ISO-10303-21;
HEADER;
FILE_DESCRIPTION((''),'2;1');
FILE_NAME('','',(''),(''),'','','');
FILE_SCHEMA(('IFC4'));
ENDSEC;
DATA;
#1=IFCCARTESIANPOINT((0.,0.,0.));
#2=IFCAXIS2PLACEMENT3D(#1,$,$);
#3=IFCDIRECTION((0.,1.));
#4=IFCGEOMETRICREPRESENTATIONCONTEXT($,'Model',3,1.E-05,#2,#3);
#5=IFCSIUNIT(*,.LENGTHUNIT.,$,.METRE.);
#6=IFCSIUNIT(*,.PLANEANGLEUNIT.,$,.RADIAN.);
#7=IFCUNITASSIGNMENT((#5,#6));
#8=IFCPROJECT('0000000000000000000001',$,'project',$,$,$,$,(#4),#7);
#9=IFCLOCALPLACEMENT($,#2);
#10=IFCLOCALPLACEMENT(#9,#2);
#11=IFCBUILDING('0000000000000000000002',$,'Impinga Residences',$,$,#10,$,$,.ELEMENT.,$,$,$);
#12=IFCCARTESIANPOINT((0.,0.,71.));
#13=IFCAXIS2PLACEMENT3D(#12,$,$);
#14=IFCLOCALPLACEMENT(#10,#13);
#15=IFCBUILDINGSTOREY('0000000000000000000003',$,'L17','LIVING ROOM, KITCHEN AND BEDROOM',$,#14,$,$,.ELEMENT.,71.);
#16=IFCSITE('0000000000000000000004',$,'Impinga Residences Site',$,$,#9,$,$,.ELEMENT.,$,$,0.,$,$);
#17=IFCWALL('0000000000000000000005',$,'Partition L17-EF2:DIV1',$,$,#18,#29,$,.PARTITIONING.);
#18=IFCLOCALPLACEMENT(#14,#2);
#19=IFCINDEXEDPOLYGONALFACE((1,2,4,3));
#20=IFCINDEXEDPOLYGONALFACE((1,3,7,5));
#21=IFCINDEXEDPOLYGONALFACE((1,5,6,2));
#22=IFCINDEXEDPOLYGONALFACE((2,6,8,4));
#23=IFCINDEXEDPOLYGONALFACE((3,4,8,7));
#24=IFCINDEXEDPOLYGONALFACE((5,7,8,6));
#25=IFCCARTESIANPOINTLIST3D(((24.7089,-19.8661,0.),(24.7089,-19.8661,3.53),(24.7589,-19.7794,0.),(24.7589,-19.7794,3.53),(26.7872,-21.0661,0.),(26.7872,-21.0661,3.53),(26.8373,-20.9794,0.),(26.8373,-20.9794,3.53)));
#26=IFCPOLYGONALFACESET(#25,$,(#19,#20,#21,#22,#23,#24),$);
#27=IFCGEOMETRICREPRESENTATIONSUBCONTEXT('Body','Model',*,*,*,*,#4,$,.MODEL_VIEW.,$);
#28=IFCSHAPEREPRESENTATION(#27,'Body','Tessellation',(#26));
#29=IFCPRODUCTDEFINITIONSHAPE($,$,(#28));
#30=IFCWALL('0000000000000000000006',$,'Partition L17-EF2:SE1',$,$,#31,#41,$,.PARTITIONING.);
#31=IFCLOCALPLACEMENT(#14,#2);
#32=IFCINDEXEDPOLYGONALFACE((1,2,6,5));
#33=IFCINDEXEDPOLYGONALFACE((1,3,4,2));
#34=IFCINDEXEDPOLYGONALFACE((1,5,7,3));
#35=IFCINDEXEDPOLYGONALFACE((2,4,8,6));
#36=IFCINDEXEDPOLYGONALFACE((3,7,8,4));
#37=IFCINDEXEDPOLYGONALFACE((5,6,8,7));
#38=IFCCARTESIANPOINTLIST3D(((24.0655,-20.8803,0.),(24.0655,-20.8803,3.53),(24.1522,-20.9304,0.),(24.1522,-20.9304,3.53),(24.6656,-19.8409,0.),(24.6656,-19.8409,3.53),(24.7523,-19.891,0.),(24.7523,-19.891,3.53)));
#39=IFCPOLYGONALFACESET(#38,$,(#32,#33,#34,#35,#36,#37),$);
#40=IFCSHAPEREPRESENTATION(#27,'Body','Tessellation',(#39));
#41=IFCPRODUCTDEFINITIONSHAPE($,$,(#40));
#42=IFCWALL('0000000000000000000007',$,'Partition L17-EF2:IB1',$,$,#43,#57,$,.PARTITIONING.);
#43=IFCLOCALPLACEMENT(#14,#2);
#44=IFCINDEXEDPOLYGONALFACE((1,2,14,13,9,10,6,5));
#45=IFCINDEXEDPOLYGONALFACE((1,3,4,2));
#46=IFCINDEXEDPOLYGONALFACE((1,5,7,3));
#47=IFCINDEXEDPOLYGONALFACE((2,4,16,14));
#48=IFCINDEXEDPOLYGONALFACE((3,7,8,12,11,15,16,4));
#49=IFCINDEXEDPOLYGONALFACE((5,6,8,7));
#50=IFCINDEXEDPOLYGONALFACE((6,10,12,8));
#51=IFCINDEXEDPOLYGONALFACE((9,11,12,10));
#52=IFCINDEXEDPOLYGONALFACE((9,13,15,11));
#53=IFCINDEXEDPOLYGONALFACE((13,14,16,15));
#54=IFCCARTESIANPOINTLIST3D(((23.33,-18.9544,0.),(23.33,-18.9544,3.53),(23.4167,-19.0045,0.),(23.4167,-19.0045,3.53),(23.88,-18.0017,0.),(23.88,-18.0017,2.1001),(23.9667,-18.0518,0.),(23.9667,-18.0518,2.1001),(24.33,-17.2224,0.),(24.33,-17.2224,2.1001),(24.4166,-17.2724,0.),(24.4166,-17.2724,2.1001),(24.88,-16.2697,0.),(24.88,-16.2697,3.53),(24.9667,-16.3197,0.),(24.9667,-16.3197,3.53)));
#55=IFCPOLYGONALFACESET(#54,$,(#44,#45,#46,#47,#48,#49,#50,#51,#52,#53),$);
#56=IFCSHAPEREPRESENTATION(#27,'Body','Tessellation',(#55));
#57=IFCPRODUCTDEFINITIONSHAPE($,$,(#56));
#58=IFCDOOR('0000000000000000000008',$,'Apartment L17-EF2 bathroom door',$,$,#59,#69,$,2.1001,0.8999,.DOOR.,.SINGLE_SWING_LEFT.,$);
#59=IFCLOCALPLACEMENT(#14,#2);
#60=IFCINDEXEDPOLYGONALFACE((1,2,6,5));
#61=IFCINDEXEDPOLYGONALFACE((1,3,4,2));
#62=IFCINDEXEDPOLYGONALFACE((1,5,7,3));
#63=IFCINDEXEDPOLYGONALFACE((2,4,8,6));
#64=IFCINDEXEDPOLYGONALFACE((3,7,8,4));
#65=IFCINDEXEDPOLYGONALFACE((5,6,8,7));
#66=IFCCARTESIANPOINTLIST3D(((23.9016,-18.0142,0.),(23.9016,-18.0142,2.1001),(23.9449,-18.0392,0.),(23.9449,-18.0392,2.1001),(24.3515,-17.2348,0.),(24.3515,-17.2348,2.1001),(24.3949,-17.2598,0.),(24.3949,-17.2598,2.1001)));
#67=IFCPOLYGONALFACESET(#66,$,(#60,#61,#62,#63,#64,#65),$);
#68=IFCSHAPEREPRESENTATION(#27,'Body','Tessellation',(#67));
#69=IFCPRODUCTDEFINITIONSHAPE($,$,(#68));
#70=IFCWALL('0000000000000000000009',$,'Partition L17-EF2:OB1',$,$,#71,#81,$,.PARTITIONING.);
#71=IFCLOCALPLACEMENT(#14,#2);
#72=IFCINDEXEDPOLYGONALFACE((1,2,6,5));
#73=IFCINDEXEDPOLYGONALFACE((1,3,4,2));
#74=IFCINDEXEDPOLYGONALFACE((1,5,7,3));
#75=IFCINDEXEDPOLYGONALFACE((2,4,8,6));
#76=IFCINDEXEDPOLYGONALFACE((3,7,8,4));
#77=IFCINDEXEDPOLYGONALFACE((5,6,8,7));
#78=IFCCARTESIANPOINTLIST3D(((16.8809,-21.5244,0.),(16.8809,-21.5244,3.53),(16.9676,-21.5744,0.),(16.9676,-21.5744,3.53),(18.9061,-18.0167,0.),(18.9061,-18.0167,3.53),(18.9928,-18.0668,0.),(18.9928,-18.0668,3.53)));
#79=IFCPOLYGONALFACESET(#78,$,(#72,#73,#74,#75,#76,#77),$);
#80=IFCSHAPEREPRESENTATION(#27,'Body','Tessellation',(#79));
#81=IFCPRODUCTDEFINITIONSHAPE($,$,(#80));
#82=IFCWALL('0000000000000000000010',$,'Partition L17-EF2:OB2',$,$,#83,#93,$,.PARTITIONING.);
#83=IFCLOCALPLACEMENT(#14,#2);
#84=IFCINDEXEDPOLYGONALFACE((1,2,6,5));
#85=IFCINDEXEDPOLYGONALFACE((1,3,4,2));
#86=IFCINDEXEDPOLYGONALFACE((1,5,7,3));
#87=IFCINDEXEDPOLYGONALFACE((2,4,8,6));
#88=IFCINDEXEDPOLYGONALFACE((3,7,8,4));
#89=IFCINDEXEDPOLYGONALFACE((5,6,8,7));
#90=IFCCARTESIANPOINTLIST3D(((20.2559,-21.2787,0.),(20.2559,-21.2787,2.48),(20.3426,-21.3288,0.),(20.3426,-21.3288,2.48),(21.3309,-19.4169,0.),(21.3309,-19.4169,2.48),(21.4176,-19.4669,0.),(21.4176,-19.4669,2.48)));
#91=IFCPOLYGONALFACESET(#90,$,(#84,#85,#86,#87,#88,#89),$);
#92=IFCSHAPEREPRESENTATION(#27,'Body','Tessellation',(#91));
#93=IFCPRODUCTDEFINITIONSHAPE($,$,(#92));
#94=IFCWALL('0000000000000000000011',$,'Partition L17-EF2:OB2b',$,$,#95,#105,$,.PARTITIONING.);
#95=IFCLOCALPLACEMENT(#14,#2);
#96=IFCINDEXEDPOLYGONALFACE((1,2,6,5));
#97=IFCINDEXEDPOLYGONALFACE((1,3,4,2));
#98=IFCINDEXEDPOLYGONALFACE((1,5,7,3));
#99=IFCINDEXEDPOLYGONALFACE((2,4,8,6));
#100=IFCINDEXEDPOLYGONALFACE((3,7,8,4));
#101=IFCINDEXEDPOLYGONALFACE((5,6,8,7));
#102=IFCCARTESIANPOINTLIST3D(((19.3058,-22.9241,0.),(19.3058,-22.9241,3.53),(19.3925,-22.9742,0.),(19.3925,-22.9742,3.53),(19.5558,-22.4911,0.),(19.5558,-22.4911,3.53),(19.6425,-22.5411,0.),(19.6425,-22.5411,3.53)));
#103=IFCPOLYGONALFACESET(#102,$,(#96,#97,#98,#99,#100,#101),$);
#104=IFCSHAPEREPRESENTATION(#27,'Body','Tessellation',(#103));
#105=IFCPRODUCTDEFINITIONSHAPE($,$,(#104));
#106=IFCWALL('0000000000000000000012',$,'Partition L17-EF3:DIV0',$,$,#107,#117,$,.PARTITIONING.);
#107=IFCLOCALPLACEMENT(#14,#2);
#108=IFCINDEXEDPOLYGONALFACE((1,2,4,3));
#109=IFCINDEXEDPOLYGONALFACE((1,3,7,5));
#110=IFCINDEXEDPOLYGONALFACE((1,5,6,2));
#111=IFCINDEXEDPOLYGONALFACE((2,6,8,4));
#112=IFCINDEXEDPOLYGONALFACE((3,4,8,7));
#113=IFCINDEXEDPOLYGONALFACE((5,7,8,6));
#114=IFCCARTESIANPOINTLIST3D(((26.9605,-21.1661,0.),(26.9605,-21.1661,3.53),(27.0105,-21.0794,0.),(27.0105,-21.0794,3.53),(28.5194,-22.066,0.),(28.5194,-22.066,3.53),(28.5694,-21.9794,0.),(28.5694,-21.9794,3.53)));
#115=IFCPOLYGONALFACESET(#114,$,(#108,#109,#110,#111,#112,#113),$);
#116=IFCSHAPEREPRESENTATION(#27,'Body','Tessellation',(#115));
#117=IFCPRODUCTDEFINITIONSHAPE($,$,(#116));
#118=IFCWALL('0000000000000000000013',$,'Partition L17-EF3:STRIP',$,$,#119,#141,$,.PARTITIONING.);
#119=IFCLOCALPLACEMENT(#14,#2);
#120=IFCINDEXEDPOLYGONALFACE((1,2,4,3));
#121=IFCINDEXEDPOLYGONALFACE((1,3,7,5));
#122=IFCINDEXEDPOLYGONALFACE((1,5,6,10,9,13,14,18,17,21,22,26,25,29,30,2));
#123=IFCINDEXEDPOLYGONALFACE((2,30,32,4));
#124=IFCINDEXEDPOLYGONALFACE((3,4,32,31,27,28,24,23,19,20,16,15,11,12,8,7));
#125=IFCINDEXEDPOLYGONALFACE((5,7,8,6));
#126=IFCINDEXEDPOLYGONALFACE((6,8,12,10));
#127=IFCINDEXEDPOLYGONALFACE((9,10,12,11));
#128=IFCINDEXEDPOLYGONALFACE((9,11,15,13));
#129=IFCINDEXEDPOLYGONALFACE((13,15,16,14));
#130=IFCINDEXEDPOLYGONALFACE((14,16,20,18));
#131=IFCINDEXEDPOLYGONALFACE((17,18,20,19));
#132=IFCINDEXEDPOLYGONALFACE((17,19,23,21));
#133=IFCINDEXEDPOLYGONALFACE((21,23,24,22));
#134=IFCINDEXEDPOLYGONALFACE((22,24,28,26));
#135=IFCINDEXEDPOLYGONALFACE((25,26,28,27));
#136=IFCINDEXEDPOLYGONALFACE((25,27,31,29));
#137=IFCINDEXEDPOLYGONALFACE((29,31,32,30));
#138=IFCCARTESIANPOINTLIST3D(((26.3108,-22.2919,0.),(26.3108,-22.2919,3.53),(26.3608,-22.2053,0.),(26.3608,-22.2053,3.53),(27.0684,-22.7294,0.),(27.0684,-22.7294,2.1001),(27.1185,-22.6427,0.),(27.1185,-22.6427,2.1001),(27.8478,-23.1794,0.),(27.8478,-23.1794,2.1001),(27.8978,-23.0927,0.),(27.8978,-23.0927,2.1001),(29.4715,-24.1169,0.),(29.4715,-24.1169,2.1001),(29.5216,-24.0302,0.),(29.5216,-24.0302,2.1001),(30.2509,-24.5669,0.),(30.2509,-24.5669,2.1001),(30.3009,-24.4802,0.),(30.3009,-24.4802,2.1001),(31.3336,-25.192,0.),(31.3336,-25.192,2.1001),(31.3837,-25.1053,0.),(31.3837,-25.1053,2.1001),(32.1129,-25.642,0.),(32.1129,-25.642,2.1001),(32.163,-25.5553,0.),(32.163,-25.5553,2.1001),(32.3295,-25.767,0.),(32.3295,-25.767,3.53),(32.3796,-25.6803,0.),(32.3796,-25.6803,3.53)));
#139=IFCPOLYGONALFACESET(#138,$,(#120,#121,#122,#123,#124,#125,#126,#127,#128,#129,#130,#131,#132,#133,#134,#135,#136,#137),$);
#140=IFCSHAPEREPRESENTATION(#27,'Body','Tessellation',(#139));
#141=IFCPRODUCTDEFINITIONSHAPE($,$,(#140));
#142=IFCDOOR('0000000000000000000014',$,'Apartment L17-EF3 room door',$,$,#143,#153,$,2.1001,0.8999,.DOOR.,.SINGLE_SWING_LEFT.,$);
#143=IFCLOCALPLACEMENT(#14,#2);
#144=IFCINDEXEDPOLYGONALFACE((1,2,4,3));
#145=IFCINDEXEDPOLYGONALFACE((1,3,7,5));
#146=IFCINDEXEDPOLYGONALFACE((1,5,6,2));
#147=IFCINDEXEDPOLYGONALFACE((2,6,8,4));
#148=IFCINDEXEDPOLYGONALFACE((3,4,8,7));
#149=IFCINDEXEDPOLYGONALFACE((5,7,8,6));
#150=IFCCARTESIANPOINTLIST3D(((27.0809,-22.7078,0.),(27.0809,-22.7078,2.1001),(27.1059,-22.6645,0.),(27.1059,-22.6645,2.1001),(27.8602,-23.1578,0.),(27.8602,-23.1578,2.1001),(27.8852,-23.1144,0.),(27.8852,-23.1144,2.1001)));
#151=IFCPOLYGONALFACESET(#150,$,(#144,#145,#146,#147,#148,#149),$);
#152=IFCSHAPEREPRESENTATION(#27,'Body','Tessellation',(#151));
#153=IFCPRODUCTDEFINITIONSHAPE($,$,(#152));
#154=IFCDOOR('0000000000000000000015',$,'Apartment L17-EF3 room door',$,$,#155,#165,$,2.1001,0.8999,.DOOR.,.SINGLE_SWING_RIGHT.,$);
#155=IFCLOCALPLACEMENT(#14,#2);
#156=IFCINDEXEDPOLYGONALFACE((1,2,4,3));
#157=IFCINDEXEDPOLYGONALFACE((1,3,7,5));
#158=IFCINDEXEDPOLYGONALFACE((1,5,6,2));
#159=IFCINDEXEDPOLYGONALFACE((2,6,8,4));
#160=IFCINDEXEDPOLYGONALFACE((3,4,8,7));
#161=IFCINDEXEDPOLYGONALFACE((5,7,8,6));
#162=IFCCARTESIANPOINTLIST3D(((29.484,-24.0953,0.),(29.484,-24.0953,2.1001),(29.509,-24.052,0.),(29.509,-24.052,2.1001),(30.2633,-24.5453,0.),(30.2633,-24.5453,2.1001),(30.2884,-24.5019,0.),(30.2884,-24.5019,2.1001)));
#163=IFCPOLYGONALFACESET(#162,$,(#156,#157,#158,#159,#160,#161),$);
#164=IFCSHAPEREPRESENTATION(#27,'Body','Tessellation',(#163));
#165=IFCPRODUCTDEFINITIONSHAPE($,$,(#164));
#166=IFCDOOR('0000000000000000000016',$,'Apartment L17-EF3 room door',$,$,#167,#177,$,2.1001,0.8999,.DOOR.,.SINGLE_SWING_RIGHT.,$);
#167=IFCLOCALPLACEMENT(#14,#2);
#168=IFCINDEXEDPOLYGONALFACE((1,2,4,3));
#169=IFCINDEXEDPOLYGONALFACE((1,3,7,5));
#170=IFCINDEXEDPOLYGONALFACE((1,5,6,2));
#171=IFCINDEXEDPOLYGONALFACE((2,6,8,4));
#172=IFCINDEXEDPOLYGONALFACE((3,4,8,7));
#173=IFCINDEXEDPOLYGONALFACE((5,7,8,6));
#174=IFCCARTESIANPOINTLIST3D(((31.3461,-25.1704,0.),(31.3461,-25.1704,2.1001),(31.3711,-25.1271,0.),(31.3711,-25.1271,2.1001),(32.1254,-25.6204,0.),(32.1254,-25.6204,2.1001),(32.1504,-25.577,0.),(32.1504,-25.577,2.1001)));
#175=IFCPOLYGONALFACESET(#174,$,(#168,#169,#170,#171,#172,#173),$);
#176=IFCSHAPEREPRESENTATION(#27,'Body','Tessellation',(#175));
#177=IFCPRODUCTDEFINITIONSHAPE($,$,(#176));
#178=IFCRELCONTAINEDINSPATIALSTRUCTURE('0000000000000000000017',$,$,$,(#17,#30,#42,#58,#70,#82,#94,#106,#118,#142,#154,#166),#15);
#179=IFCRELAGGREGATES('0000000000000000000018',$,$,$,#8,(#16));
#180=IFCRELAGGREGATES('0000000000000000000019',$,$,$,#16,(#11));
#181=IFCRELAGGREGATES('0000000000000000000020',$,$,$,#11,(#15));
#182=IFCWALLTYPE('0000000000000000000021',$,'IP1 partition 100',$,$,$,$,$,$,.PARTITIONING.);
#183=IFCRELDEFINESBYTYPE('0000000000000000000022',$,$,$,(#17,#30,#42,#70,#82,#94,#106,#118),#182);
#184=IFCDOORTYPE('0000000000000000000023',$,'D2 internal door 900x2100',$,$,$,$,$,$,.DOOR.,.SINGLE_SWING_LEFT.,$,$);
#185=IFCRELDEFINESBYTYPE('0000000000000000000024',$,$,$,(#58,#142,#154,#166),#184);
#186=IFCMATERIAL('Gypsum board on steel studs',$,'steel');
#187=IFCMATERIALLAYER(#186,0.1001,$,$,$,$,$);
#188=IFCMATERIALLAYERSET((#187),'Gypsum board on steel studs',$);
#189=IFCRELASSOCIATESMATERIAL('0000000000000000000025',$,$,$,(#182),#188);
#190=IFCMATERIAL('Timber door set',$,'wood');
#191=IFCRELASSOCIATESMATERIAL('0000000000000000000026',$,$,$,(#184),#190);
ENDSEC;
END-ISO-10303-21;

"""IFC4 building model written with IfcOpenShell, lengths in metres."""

from ifc_helpers import new_model, si_unit, direction, frame, frame_2d, origin, place, context, subcontext, project, spatial, rectangle, extrude, material, layer, layer_set, type_object, element, fill, save


model = new_model("IFC4")

# Units and contexts
model_context = context("Model", 3, precision=1e-05, world=origin(), true_north=direction((0.0, 1.0)))
body_context = subcontext(model_context, "Body", "Model", "MODEL_VIEW")
ifc_project = project(units=[si_unit("LENGTHUNIT", "METRE"), si_unit("PLANEANGLEUNIT", "RADIAN")], contexts=[model_context])

# Site, building, storey
site_placement = place(None, origin())
site = spatial("IfcSite", under=ifc_project, at=site_placement, Name="Impinga Residences Site", CompositionType="ELEMENT", RefElevation=0.0)
building_placement = place(site_placement, origin())
building = spatial("IfcBuilding", under=site, at=building_placement, Name="Impinga Residences", CompositionType="ELEMENT")
storey_placement = place(building_placement, frame((0.0, 0.0, 71.0)))
storey = spatial("IfcBuildingStorey", under=building, at=storey_placement, Name="L17", Description="LIVING ROOM, KITCHEN AND BEDROOM", CompositionType="ELEMENT", Elevation=71.0)

# Shared definitions
ifc_material_1 = material(Name="Gypsum board on steel studs", Category="steel")
ifc_layer_1 = layer(ifc_material_1, 0.1001)
ifc_layer_set_1 = layer_set([ifc_layer_1], Name="Gypsum board on steel studs")
wall_type_1 = type_object("IfcWallType", Name="IP1 partition 100", PredefinedType="PARTITIONING", material=ifc_layer_set_1)

# Shared definitions
ifc_material_2 = material(Name="Timber door set", Category="wood")
door_type = type_object("IfcDoorType", Name="D2 internal door 900x2100", OperationType="SINGLE_SWING_LEFT", PredefinedType="DOOR", material=ifc_material_2)

# Walls
wall_1_placement = place(storey_placement, frame((24.7339, -19.8228, 0.0), z_axis=(0.0, 0.0, 1.0), x_axis=(0.866025, -0.500001, 0.0)))
element("IfcWall", 1, at=wall_1_placement, inside=storey, type_object=wall_type_1, Name="Partition L17-EF2:DIV1", PredefinedType="PARTITIONING", context=body_context, shape_type="SweptSolid", body=[
    extrude(rectangle(XDim=2.3999, YDim=0.1001, at=frame_2d((1.2, 0.0))), origin(), (0.0, 0.0, 1.0), 3.53),
])
wall_2_placement = place(storey_placement, frame((24.709, -19.866, 0.0), z_axis=(0.0, 0.0, 1.0), x_axis=(-0.500034, -0.866006, 0.0)))
element("IfcWall", 2, at=wall_2_placement, inside=storey, type_object=wall_type_1, Name="Partition L17-EF2:SE1", PredefinedType="PARTITIONING", context=body_context, shape_type="SweptSolid", body=[
    extrude(rectangle(XDim=1.2002, YDim=0.1001, at=frame_2d((0.6001, 0.0))), origin(), (0.0, 0.0, 1.0), 3.53),
])

# Wall, opening, door
wall_3_placement = place(storey_placement, frame((24.9233, -16.2947, 0.0), z_axis=(0.0, 0.0, 1.0), x_axis=(-0.499993, -0.86603, 0.0)))
wall_3 = element("IfcWall", 3, at=wall_3_placement, inside=storey, type_object=wall_type_1, Name="Partition L17-EF2:IB1", PredefinedType="PARTITIONING", context=body_context, shape_type="SweptSolid", body=[
    extrude(rectangle(XDim=3.1001, YDim=0.1001, at=frame_2d((1.55, 0.0))), origin(), (0.0, 0.0, 1.0), 3.53),
])
opening_1_placement = place(wall_3_placement, frame((1.1001, 0.0, 0.0)))
opening_1 = element("IfcOpeningElement", 4, at=opening_1_placement, cuts=wall_3, PredefinedType="OPENING", context=body_context, shape_type="SweptSolid", body=[
    extrude(rectangle(XDim=0.8999, YDim=2.1001, at=frame_2d((0.45, 1.05))), frame((0.0, 0.0601, 0.0), z_axis=(0.0, -1.0, 0.0), x_axis=(1.0, 0.0, 0.0)), (0.0, 0.0, 1.0), 0.1201),
])
door_1_placement = place(opening_1_placement, origin())
door_1 = element("IfcDoor", 5, at=door_1_placement, inside=storey, type_object=door_type, Name="Apartment L17-EF2 bathroom door", OperationType="SINGLE_SWING_LEFT", OverallHeight=2.1001, OverallWidth=0.8999, PredefinedType="DOOR", context=body_context, shape_type="SweptSolid", body=[
    extrude(rectangle(XDim=0.8999, YDim=2.1001, at=frame_2d((0.45, 1.05))), frame((0.0, 0.0249, 0.0), z_axis=(0.0, -1.0, 0.0), x_axis=(1.0, 0.0, 0.0)), (0.0, 0.0, 1.0), 0.05),
])
fill(opening_1, door_1)

# Walls
wall_4_placement = place(storey_placement, frame((18.9495, -18.0417, 0.0), z_axis=(0.0, 0.0, 1.0), x_axis=(-0.500009, -0.86602, 0.0)))
element("IfcWall", 6, at=wall_4_placement, inside=storey, type_object=wall_type_1, Name="Partition L17-EF2:OB1", PredefinedType="PARTITIONING", context=body_context, shape_type="SweptSolid", body=[
    extrude(rectangle(XDim=4.0503, YDim=0.1001, at=frame_2d((2.0251, 0.0))), origin(), (0.0, 0.0, 1.0), 3.53),
])
wall_5_placement = place(storey_placement, frame((21.3743, -19.4419, 0.0), z_axis=(0.0, 0.0, 1.0), x_axis=(-0.500011, -0.866019, 0.0)))
element("IfcWall", 7, at=wall_5_placement, inside=storey, type_object=wall_type_1, Name="Partition L17-EF2:OB2", PredefinedType="PARTITIONING", context=body_context, shape_type="SweptSolid", body=[
    extrude(rectangle(XDim=2.1499, YDim=0.1001, at=frame_2d((1.075, 0.0))), origin(), (0.0, 0.0, 1.0), 2.48),
])
wall_6_placement = place(storey_placement, frame((19.5991, -22.5161, 0.0), z_axis=(0.0, 0.0, 1.0), x_axis=(-0.49992, -0.866072, 0.0)))
element("IfcWall", 8, at=wall_6_placement, inside=storey, type_object=wall_type_1, Name="Partition L17-EF2:OB2b", PredefinedType="PARTITIONING", context=body_context, shape_type="SweptSolid", body=[
    extrude(rectangle(XDim=0.5, YDim=0.1001, at=frame_2d((0.25, 0.0))), origin(), (0.0, 0.0, 1.0), 3.53),
])
wall_7_placement = place(storey_placement, frame((26.9856, -21.1228, 0.0), z_axis=(0.0, 0.0, 1.0), x_axis=(0.866048, -0.499961, 0.0)))
element("IfcWall", 9, at=wall_7_placement, inside=storey, type_object=wall_type_1, Name="Partition L17-EF3:DIV0", PredefinedType="PARTITIONING", context=body_context, shape_type="SweptSolid", body=[
    extrude(rectangle(XDim=1.8, YDim=0.1001, at=frame_2d((0.8999, 0.0))), origin(), (0.0, 0.0, 1.0), 3.53),
])

# Wall, openings, doors
wall_8_placement = place(storey_placement, frame((26.3357, -22.2485, 0.0), z_axis=(0.0, 0.0, 1.0), x_axis=(0.866017, -0.500015, 0.0)))
wall_8 = element("IfcWall", 10, at=wall_8_placement, inside=storey, type_object=wall_type_1, Name="Partition L17-EF3:STRIP", PredefinedType="PARTITIONING", context=body_context, shape_type="SweptSolid", body=[
    extrude(rectangle(XDim=6.95, YDim=0.1001, at=frame_2d((3.4751, 0.0))), origin(), (0.0, 0.0, 1.0), 3.53),
])
opening_2_placement = place(wall_8_placement, frame((0.875, 0.0, 0.0)))
opening_2 = element("IfcOpeningElement", 11, at=opening_2_placement, cuts=wall_8, PredefinedType="OPENING", context=body_context, shape_type="SweptSolid", body=[
    extrude(rectangle(XDim=0.8999, YDim=2.1001, at=frame_2d((0.45, 1.05))), frame((0.0, 0.0601, 0.0), z_axis=(0.0, -1.0, 0.0), x_axis=(1.0, 0.0, 0.0)), (0.0, 0.0, 1.0), 0.1201),
])
opening_3_placement = place(wall_8_placement, frame((3.6499, 0.0, 0.0)))
opening_3 = element("IfcOpeningElement", 12, at=opening_3_placement, cuts=wall_8, PredefinedType="OPENING", context=body_context, shape_type="SweptSolid", body=[
    extrude(rectangle(XDim=0.8999, YDim=2.1001, at=frame_2d((0.45, 1.05))), frame((0.0, 0.0601, 0.0), z_axis=(0.0, -1.0, 0.0), x_axis=(1.0, 0.0, 0.0)), (0.0, 0.0, 1.0), 0.1201),
])
opening_4_placement = place(wall_8_placement, frame((5.8, 0.0, 0.0)))
opening_4 = element("IfcOpeningElement", 13, at=opening_4_placement, cuts=wall_8, PredefinedType="OPENING", context=body_context, shape_type="SweptSolid", body=[
    extrude(rectangle(XDim=0.8999, YDim=2.1001, at=frame_2d((0.45, 1.05))), frame((0.0, 0.0601, 0.0), z_axis=(0.0, -1.0, 0.0), x_axis=(1.0, 0.0, 0.0)), (0.0, 0.0, 1.0), 0.1201),
])
door_2_placement = place(opening_2_placement, origin())
door_2 = element("IfcDoor", 14, at=door_2_placement, inside=storey, type_object=door_type, Name="Apartment L17-EF3 room door", OperationType="SINGLE_SWING_LEFT", OverallHeight=2.1001, OverallWidth=0.8999, PredefinedType="DOOR", context=body_context, shape_type="SweptSolid", body=[
    extrude(rectangle(XDim=0.8999, YDim=2.1001, at=frame_2d((0.45, 1.05))), frame((0.0, 0.0249, 0.0), z_axis=(0.0, -1.0, 0.0), x_axis=(1.0, 0.0, 0.0)), (0.0, 0.0, 1.0), 0.05),
])
fill(opening_2, door_2)
door_3_placement = place(opening_3_placement, origin())
door_3 = element("IfcDoor", 15, at=door_3_placement, inside=storey, type_object=door_type, Name="Apartment L17-EF3 room door", OperationType="SINGLE_SWING_RIGHT", OverallHeight=2.1001, OverallWidth=0.8999, PredefinedType="DOOR", context=body_context, shape_type="SweptSolid", body=[
    extrude(rectangle(XDim=0.8999, YDim=2.1001, at=frame_2d((0.45, 1.05))), frame((0.0, 0.0249, 0.0), z_axis=(0.0, -1.0, 0.0), x_axis=(1.0, 0.0, 0.0)), (0.0, 0.0, 1.0), 0.05),
])
fill(opening_3, door_3)
door_4_placement = place(opening_4_placement, origin())
door_4 = element("IfcDoor", 16, at=door_4_placement, inside=storey, type_object=door_type, Name="Apartment L17-EF3 room door", OperationType="SINGLE_SWING_RIGHT", OverallHeight=2.1001, OverallWidth=0.8999, PredefinedType="DOOR", context=body_context, shape_type="SweptSolid", body=[
    extrude(rectangle(XDim=0.8999, YDim=2.1001, at=frame_2d((0.45, 1.05))), frame((0.0, 0.0249, 0.0), z_axis=(0.0, -1.0, 0.0), x_axis=(1.0, 0.0, 0.0)), (0.0, 0.0, 1.0), 0.05),
])
fill(opening_4, door_4)

save(model, "model.ifc")
